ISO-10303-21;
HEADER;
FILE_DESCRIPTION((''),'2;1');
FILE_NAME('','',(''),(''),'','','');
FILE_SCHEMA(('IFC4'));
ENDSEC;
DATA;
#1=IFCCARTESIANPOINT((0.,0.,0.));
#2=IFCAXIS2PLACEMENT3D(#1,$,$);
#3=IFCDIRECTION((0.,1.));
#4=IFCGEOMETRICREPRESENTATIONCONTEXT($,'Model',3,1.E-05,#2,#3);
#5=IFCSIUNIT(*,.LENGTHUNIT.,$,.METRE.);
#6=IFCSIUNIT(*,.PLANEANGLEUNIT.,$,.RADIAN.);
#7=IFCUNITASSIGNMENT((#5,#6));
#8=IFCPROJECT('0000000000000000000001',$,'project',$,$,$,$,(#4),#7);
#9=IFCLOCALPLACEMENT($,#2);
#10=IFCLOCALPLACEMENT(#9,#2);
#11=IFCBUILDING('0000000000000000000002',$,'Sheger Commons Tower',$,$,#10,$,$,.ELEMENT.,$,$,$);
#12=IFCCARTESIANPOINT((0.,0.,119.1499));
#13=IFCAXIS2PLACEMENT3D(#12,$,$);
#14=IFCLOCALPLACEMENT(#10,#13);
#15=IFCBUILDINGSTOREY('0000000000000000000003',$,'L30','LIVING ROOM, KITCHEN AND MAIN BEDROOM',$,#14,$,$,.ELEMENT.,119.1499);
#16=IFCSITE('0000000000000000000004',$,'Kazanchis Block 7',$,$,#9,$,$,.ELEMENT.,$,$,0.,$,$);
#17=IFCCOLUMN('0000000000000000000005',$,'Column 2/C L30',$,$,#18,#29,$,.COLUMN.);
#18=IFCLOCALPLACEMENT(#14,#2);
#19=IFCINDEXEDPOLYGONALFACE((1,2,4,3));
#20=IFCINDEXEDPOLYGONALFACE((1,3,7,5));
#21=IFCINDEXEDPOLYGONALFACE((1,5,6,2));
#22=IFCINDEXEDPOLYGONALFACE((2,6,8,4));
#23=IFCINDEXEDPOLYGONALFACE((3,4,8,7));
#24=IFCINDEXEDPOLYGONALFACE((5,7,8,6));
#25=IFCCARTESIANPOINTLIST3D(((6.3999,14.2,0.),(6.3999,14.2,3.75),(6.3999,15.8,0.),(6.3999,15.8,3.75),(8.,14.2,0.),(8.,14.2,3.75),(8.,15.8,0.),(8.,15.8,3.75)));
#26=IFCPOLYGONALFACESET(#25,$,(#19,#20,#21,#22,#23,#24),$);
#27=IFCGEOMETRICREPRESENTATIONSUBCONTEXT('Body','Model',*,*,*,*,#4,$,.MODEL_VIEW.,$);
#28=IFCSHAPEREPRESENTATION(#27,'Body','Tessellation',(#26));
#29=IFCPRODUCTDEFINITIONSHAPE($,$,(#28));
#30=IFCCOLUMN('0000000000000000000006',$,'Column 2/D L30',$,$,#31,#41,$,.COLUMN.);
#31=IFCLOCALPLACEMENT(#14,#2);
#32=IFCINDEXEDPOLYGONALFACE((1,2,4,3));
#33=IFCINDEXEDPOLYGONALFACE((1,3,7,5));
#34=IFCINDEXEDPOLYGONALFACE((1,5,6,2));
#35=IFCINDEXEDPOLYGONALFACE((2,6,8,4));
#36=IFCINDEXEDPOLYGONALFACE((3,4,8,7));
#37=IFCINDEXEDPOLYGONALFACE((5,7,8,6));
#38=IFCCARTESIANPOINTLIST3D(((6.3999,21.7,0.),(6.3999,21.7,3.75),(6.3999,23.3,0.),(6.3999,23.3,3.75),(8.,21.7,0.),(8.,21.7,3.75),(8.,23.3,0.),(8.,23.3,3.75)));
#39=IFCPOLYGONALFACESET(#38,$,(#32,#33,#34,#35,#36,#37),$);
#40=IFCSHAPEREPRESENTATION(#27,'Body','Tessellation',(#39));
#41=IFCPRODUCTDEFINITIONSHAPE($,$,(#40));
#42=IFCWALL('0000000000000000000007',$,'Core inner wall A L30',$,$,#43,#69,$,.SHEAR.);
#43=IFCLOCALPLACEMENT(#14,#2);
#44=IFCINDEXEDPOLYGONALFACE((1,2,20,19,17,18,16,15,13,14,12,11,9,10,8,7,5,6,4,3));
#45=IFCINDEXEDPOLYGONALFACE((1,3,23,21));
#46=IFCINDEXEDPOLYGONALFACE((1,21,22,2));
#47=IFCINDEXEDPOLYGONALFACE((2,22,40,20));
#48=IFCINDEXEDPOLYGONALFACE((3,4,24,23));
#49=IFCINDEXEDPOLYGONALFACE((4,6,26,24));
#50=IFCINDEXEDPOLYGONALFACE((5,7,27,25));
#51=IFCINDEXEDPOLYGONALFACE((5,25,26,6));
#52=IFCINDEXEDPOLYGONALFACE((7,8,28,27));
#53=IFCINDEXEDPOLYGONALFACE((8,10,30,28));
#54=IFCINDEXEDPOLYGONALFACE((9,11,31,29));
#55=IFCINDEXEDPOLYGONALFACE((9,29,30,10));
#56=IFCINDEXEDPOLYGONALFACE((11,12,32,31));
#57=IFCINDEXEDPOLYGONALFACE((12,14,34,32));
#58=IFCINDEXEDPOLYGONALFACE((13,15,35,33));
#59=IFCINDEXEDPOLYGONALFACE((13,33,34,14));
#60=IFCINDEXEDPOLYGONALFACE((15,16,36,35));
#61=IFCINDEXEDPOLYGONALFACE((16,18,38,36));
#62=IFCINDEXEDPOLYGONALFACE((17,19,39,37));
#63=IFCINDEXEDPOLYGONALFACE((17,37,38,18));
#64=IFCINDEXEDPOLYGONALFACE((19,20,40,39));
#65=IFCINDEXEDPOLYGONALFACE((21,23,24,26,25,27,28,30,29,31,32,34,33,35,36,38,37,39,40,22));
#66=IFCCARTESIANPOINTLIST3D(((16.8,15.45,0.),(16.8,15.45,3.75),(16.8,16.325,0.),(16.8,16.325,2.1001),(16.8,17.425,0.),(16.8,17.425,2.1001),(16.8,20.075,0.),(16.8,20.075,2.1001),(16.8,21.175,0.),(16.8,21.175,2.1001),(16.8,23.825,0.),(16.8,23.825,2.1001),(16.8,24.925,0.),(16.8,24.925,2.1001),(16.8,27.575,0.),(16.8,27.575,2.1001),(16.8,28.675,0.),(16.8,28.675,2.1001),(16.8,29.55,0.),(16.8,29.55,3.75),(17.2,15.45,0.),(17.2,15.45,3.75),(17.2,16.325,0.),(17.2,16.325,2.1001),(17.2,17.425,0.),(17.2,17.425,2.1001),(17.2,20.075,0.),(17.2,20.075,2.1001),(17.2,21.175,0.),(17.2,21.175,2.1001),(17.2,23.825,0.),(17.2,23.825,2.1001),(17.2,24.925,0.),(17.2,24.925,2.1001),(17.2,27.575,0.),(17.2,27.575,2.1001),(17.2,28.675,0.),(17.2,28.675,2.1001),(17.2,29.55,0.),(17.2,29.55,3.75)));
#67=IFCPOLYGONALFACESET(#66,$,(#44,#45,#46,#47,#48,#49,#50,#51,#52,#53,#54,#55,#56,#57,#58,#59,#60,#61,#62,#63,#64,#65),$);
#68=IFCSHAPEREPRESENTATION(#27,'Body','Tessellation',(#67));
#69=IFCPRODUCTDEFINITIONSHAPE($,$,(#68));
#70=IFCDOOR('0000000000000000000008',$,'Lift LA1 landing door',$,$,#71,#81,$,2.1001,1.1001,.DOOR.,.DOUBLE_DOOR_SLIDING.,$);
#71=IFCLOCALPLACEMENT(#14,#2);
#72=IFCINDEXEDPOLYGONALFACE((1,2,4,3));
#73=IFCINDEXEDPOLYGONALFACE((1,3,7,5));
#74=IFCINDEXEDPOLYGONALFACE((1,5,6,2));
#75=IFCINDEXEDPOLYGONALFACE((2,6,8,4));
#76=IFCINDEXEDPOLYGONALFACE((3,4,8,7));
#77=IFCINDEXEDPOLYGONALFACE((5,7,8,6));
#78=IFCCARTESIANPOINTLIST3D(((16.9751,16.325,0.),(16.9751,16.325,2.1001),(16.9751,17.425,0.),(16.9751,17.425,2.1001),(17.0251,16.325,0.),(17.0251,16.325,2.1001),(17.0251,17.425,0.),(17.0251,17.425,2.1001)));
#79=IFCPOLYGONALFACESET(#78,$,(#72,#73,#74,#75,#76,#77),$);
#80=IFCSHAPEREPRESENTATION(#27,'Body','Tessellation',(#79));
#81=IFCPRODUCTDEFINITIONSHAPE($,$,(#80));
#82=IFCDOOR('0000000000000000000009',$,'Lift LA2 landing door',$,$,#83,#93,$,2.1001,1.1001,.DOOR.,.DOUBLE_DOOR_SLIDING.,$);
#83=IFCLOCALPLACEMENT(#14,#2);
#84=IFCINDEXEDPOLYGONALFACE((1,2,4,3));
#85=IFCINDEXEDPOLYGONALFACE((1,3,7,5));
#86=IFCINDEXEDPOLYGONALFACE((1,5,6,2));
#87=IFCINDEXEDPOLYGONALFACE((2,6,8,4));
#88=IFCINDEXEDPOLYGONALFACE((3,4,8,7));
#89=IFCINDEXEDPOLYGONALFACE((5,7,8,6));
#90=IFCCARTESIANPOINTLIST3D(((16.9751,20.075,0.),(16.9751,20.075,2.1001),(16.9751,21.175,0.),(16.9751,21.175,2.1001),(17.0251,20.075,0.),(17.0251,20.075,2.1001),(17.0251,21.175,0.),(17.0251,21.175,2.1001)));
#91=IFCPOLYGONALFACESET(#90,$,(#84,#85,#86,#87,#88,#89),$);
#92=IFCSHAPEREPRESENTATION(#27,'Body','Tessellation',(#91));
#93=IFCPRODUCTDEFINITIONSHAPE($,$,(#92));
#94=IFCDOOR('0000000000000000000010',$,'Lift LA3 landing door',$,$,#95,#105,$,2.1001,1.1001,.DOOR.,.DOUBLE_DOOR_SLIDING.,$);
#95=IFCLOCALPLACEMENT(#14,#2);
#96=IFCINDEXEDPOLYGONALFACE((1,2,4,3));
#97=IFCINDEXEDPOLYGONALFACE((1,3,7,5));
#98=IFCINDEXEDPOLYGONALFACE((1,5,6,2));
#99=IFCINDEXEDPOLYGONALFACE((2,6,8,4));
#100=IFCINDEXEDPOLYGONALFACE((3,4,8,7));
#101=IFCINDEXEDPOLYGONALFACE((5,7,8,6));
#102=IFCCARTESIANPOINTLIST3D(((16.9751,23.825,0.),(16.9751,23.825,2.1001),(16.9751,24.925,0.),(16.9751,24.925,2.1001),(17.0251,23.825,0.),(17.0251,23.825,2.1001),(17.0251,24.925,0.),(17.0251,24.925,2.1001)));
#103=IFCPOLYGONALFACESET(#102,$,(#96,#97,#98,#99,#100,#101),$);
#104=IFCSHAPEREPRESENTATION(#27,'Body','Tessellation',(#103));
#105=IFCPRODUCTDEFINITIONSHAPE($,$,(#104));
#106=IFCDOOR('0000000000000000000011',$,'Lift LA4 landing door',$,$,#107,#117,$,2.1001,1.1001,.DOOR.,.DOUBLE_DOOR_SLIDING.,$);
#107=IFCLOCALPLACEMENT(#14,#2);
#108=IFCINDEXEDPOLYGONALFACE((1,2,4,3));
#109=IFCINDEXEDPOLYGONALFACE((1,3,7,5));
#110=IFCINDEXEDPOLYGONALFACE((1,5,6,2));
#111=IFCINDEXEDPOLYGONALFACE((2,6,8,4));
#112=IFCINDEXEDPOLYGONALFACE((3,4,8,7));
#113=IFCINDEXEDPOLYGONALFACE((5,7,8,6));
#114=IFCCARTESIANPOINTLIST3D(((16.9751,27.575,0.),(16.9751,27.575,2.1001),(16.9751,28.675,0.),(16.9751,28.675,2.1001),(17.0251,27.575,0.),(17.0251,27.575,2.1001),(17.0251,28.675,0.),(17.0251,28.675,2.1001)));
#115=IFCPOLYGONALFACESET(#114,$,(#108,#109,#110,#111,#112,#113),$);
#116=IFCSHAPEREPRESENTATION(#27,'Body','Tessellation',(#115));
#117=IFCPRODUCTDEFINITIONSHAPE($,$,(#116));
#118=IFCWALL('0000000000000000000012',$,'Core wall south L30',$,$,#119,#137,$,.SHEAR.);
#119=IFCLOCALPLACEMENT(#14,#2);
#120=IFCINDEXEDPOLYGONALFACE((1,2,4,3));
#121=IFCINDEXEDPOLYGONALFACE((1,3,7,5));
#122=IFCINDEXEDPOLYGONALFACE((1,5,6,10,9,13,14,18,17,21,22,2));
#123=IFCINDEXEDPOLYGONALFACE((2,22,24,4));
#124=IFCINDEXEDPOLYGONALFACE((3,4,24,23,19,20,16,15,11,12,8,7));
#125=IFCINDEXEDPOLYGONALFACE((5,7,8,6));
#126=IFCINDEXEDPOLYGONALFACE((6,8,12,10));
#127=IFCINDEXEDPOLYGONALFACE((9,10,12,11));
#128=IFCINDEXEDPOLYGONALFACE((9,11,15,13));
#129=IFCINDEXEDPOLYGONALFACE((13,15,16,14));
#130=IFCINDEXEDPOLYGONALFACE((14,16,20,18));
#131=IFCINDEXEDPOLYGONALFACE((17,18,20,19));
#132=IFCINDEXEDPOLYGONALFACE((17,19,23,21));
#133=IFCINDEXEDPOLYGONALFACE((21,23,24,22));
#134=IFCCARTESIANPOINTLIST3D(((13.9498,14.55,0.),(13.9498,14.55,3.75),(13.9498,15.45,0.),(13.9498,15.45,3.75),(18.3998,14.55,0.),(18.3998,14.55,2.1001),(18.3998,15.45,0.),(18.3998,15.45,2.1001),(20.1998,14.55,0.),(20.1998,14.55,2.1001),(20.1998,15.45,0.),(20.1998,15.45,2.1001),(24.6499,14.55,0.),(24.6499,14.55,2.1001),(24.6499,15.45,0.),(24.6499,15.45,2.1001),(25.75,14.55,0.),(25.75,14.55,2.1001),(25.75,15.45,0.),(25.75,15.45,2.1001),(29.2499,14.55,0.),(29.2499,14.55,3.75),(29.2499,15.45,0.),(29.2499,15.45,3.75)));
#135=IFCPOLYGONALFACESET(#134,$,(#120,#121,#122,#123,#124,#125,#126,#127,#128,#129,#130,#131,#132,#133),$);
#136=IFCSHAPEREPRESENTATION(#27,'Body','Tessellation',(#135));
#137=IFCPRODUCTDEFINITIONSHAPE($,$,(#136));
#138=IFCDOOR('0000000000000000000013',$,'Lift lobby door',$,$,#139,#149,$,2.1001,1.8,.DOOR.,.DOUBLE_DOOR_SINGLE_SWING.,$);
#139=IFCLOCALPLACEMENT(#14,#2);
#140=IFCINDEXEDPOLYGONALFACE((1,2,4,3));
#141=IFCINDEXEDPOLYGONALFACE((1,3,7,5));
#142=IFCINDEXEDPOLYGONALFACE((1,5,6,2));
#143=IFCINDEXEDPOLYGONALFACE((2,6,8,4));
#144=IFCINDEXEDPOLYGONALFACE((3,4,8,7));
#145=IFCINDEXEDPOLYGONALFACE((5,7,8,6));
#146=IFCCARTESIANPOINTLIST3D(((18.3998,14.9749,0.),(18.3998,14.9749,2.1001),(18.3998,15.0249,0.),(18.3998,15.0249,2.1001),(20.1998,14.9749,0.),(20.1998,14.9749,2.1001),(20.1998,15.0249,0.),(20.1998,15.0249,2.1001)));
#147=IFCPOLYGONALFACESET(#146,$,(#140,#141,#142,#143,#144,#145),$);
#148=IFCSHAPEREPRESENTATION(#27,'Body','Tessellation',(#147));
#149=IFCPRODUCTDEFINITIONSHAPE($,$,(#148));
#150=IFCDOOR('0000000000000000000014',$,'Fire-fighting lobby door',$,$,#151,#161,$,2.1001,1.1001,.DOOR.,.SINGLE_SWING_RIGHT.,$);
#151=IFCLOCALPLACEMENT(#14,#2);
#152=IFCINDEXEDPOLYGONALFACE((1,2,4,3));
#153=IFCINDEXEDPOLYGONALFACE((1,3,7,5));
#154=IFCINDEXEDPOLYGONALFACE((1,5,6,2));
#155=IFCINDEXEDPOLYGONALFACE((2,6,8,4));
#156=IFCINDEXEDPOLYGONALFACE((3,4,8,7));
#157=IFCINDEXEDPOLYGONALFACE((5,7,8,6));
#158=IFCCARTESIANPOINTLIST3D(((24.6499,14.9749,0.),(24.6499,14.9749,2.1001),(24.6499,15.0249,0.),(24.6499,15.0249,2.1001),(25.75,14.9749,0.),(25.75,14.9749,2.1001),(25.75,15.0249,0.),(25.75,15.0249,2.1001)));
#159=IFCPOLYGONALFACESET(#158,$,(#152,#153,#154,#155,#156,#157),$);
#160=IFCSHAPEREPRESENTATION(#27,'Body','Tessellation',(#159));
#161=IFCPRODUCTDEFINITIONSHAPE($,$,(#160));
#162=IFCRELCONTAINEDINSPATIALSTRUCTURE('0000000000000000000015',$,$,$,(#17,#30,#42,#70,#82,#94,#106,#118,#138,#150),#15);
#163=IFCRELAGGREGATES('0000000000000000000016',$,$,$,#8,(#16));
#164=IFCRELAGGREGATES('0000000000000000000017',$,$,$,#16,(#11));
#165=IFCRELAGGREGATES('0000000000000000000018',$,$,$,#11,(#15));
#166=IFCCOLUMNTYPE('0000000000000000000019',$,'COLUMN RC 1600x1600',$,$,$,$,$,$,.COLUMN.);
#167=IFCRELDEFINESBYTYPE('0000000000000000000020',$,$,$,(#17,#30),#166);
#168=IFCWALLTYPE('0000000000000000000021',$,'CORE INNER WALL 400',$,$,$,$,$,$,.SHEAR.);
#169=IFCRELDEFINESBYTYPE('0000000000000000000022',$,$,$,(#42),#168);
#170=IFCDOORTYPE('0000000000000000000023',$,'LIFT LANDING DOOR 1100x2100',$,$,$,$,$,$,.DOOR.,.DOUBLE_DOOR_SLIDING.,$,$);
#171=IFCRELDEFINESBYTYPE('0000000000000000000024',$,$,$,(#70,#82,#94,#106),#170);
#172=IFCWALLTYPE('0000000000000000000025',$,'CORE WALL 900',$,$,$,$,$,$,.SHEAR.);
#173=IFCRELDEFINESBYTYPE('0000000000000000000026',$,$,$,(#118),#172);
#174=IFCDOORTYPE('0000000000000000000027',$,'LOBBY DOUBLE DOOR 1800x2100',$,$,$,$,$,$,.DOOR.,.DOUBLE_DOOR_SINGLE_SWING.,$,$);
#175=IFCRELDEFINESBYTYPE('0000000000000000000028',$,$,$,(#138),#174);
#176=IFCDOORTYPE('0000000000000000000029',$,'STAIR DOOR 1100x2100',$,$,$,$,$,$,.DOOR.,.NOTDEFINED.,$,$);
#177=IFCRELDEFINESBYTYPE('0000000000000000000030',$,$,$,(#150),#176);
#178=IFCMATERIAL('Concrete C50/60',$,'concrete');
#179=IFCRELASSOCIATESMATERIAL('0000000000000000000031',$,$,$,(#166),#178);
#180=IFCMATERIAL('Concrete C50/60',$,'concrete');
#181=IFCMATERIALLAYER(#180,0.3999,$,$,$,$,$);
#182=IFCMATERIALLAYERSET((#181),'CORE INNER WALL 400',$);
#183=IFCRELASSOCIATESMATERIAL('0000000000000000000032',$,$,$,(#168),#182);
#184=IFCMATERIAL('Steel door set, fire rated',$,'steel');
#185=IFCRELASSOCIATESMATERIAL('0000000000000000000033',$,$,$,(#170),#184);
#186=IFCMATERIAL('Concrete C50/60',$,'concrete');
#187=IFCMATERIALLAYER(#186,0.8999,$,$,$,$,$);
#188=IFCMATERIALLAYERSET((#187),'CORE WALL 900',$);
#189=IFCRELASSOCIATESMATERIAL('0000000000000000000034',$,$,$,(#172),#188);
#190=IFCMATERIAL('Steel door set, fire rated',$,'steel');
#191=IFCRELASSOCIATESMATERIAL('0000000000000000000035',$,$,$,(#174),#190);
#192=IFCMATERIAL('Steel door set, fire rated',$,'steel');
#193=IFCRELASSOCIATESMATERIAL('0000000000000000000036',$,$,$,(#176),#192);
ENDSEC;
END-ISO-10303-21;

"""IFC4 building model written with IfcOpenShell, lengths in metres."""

from ifc_helpers import new_model, si_unit, direction, frame, frame_2d, origin, origin_2d, place, context, subcontext, project, spatial, rectangle, extrude, material, layer, layer_set, material_profile, profile_set, type_object, element, fill, save


model = new_model("IFC4")

# Units and contexts
model_context = context("Model", 3, precision=1e-05, world=origin(), true_north=direction((0.0, 1.0)))
body_context = subcontext(model_context, "Body", "Model", "MODEL_VIEW")
ifc_project = project(units=[si_unit("LENGTHUNIT", "METRE"), si_unit("PLANEANGLEUNIT", "RADIAN")], contexts=[model_context])

# Site, building, storey
site_placement = place(None, origin())
site = spatial("IfcSite", under=ifc_project, at=site_placement, Name="Kazanchis Block 7", CompositionType="ELEMENT", RefElevation=0.0)
building_placement = place(site_placement, origin())
building = spatial("IfcBuilding", under=site, at=building_placement, Name="Sheger Commons Tower", CompositionType="ELEMENT")
storey_placement = place(building_placement, frame((0.0, 0.0, 119.1499)))
storey = spatial("IfcBuildingStorey", under=building, at=storey_placement, Name="L30", Description="LIVING ROOM, KITCHEN AND MAIN BEDROOM", CompositionType="ELEMENT", Elevation=119.1499)

# Columns
ifc_material_1 = material(Name="Concrete C50/60", Category="concrete")
ifc_material_profile = material_profile(ifc_material_1, rectangle(XDim=1.6001, YDim=1.6001, at=origin_2d()), Name="RC 1600x1600")
ifc_profile_set = profile_set([ifc_material_profile], Name="Concrete C50/60")
column_type = type_object("IfcColumnType", Name="COLUMN RC 1600x1600", PredefinedType="COLUMN", material=ifc_profile_set)
for number, where, z_axis, x_axis, name in (
    (1, (7.2, 15.0, 0.0), (0.0, 0.0, 1.0), (1.0, 0.0, 0.0), "Column 2/C L30"),
    (2, (7.2, 22.5, 0.0), (0.0, 0.0, 1.0), (1.0, 0.0, 0.0), "Column 2/D L30"),
):
    element("IfcColumn", number, at=place(storey_placement, frame(where, z_axis=z_axis, x_axis=x_axis)), inside=storey, type_object=column_type, Name=name, PredefinedType="COLUMN", context=body_context, shape_type="SweptSolid", body=[
        extrude(rectangle(XDim=1.6001, YDim=1.6001, at=origin_2d()), origin(), (0.0, 0.0, 1.0), 3.75),
    ])

# Walls, openings, doors
ifc_material_2 = material(Name="Concrete C50/60", Category="concrete")
ifc_layer_1 = layer(ifc_material_2, 0.3999)
ifc_layer_set_1 = layer_set([ifc_layer_1], Name="CORE INNER WALL 400")
wall_type_1 = type_object("IfcWallType", Name="CORE INNER WALL 400", PredefinedType="SHEAR", material=ifc_layer_set_1)
wall_1_placement = place(storey_placement, frame((17.0, 15.45, 0.0), z_axis=(0.0, 0.0, 1.0), x_axis=(0.0, 1.0, 0.0)))
wall_1 = element("IfcWall", 3, at=wall_1_placement, inside=storey, type_object=wall_type_1, Name="Core inner wall A L30", PredefinedType="SHEAR", context=body_context, shape_type="SweptSolid", body=[
    extrude(rectangle(XDim=14.1001, YDim=0.3999, at=frame_2d((7.05, 0.0))), origin(), (0.0, 0.0, 1.0), 3.75),
])
opening_1_placement = place(wall_1_placement, frame((0.875, 0.0, 0.0)))
opening_1 = element("IfcOpeningElement", 4, at=opening_1_placement, cuts=wall_1, PredefinedType="OPENING", context=body_context, shape_type="SweptSolid", body=[
    extrude(rectangle(XDim=1.1001, YDim=2.1001, at=frame_2d((0.55, 1.05))), frame((0.0, 0.21, 0.0), z_axis=(0.0, -1.0, 0.0), x_axis=(1.0, 0.0, 0.0)), (0.0, 0.0, 1.0), 0.4199),
])
opening_2_placement = place(wall_1_placement, frame((4.625, 0.0, 0.0)))
opening_2 = element("IfcOpeningElement", 5, at=opening_2_placement, cuts=wall_1, PredefinedType="OPENING", context=body_context, shape_type="SweptSolid", body=[
    extrude(rectangle(XDim=1.1001, YDim=2.1001, at=frame_2d((0.55, 1.05))), frame((0.0, 0.21, 0.0), z_axis=(0.0, -1.0, 0.0), x_axis=(1.0, 0.0, 0.0)), (0.0, 0.0, 1.0), 0.4199),
])
opening_3_placement = place(wall_1_placement, frame((8.375, 0.0, 0.0)))
opening_3 = element("IfcOpeningElement", 6, at=opening_3_placement, cuts=wall_1, PredefinedType="OPENING", context=body_context, shape_type="SweptSolid", body=[
    extrude(rectangle(XDim=1.1001, YDim=2.1001, at=frame_2d((0.55, 1.05))), frame((0.0, 0.21, 0.0), z_axis=(0.0, -1.0, 0.0), x_axis=(1.0, 0.0, 0.0)), (0.0, 0.0, 1.0), 0.4199),
])
opening_4_placement = place(wall_1_placement, frame((12.125, 0.0, 0.0)))
opening_4 = element("IfcOpeningElement", 7, at=opening_4_placement, cuts=wall_1, PredefinedType="OPENING", context=body_context, shape_type="SweptSolid", body=[
    extrude(rectangle(XDim=1.1001, YDim=2.1001, at=frame_2d((0.55, 1.05))), frame((0.0, 0.21, 0.0), z_axis=(0.0, -1.0, 0.0), x_axis=(1.0, 0.0, 0.0)), (0.0, 0.0, 1.0), 0.4199),
])
ifc_material_3 = material(Name="Steel door set, fire rated", Category="steel")
door_type_1 = type_object("IfcDoorType", Name="LIFT LANDING DOOR 1100x2100", OperationType="DOUBLE_DOOR_SLIDING", PredefinedType="DOOR", material=ifc_material_3)
door_1_placement = place(opening_1_placement, origin())
door_1 = element("IfcDoor", 8, at=door_1_placement, inside=storey, type_object=door_type_1, Name="Lift LA1 landing door", OperationType="DOUBLE_DOOR_SLIDING", OverallHeight=2.1001, OverallWidth=1.1001, PredefinedType="DOOR", context=body_context, shape_type="SweptSolid", body=[
    extrude(rectangle(XDim=1.1001, YDim=2.1001, at=frame_2d((0.55, 1.05))), frame((0.0, 0.0249, 0.0), z_axis=(0.0, -1.0, 0.0), x_axis=(1.0, 0.0, 0.0)), (0.0, 0.0, 1.0), 0.05),
])
fill(opening_1, door_1)
door_2_placement = place(opening_2_placement, origin())
door_2 = element("IfcDoor", 9, at=door_2_placement, inside=storey, type_object=door_type_1, Name="Lift LA2 landing door", OperationType="DOUBLE_DOOR_SLIDING", OverallHeight=2.1001, OverallWidth=1.1001, PredefinedType="DOOR", context=body_context, shape_type="SweptSolid", body=[
    extrude(rectangle(XDim=1.1001, YDim=2.1001, at=frame_2d((0.55, 1.05))), frame((0.0, 0.0249, 0.0), z_axis=(0.0, -1.0, 0.0), x_axis=(1.0, 0.0, 0.0)), (0.0, 0.0, 1.0), 0.05),
])
fill(opening_2, door_2)
door_3_placement = place(opening_3_placement, origin())
door_3 = element("IfcDoor", 10, at=door_3_placement, inside=storey, type_object=door_type_1, Name="Lift LA3 landing door", OperationType="DOUBLE_DOOR_SLIDING", OverallHeight=2.1001, OverallWidth=1.1001, PredefinedType="DOOR", context=body_context, shape_type="SweptSolid", body=[
    extrude(rectangle(XDim=1.1001, YDim=2.1001, at=frame_2d((0.55, 1.05))), frame((0.0, 0.0249, 0.0), z_axis=(0.0, -1.0, 0.0), x_axis=(1.0, 0.0, 0.0)), (0.0, 0.0, 1.0), 0.05),
])
fill(opening_3, door_3)
door_4_placement = place(opening_4_placement, origin())
door_4 = element("IfcDoor", 11, at=door_4_placement, inside=storey, type_object=door_type_1, Name="Lift LA4 landing door", OperationType="DOUBLE_DOOR_SLIDING", OverallHeight=2.1001, OverallWidth=1.1001, PredefinedType="DOOR", context=body_context, shape_type="SweptSolid", body=[
    extrude(rectangle(XDim=1.1001, YDim=2.1001, at=frame_2d((0.55, 1.05))), frame((0.0, 0.0249, 0.0), z_axis=(0.0, -1.0, 0.0), x_axis=(1.0, 0.0, 0.0)), (0.0, 0.0, 1.0), 0.05),
])
fill(opening_4, door_4)
ifc_material_4 = material(Name="Concrete C50/60", Category="concrete")
ifc_layer_2 = layer(ifc_material_4, 0.8999)
ifc_layer_set_2 = layer_set([ifc_layer_2], Name="CORE WALL 900")
wall_type_2 = type_object("IfcWallType", Name="CORE WALL 900", PredefinedType="SHEAR", material=ifc_layer_set_2)
wall_2_placement = place(storey_placement, frame((13.95, 15.0, 0.0), z_axis=(0.0, 0.0, 1.0), x_axis=(1.0, 0.0, 0.0)))
wall_2 = element("IfcWall", 12, at=wall_2_placement, inside=storey, type_object=wall_type_2, Name="Core wall south L30", PredefinedType="SHEAR", context=body_context, shape_type="SweptSolid", body=[
    extrude(rectangle(XDim=15.3, YDim=0.8999, at=frame_2d((7.6499, 0.0))), origin(), (0.0, 0.0, 1.0), 3.75),
])
opening_5_placement = place(wall_2_placement, frame((4.45, 0.0, 0.0)))
opening_5 = element("IfcOpeningElement", 13, at=opening_5_placement, cuts=wall_2, PredefinedType="OPENING", context=body_context, shape_type="SweptSolid", body=[
    extrude(rectangle(XDim=1.8, YDim=2.1001, at=frame_2d((0.8999, 1.05))), frame((0.0, 0.46, 0.0), z_axis=(0.0, -1.0, 0.0), x_axis=(1.0, 0.0, 0.0)), (0.0, 0.0, 1.0), 0.9199),
])
opening_6_placement = place(wall_2_placement, frame((10.7, 0.0, 0.0)))
opening_6 = element("IfcOpeningElement", 14, at=opening_6_placement, cuts=wall_2, PredefinedType="OPENING", context=body_context, shape_type="SweptSolid", body=[
    extrude(rectangle(XDim=1.1001, YDim=2.1001, at=frame_2d((0.55, 1.05))), frame((0.0, 0.46, 0.0), z_axis=(0.0, -1.0, 0.0), x_axis=(1.0, 0.0, 0.0)), (0.0, 0.0, 1.0), 0.9199),
])
ifc_material_5 = material(Name="Steel door set, fire rated", Category="steel")
door_type_2 = type_object("IfcDoorType", Name="LOBBY DOUBLE DOOR 1800x2100", OperationType="DOUBLE_DOOR_SINGLE_SWING", PredefinedType="DOOR", material=ifc_material_5)
door_5_placement = place(opening_5_placement, origin())
door_5 = element("IfcDoor", 15, at=door_5_placement, inside=storey, type_object=door_type_2, Name="Lift lobby door", OperationType="DOUBLE_DOOR_SINGLE_SWING", OverallHeight=2.1001, OverallWidth=1.8, PredefinedType="DOOR", context=body_context, shape_type="SweptSolid", body=[
    extrude(rectangle(XDim=1.8, YDim=2.1001, at=frame_2d((0.8999, 1.05))), frame((0.0, 0.0249, 0.0), z_axis=(0.0, -1.0, 0.0), x_axis=(1.0, 0.0, 0.0)), (0.0, 0.0, 1.0), 0.05),
])
fill(opening_5, door_5)
ifc_material_6 = material(Name="Steel door set, fire rated", Category="steel")
door_type_3 = type_object("IfcDoorType", Name="STAIR DOOR 1100x2100", OperationType="NOTDEFINED", PredefinedType="DOOR", material=ifc_material_6)
door_6_placement = place(opening_6_placement, origin())
door_6 = element("IfcDoor", 16, at=door_6_placement, inside=storey, type_object=door_type_3, Name="Fire-fighting lobby door", OperationType="SINGLE_SWING_RIGHT", OverallHeight=2.1001, OverallWidth=1.1001, PredefinedType="DOOR", context=body_context, shape_type="SweptSolid", body=[
    extrude(rectangle(XDim=1.1001, YDim=2.1001, at=frame_2d((0.55, 1.05))), frame((0.0, 0.0249, 0.0), z_axis=(0.0, -1.0, 0.0), x_axis=(1.0, 0.0, 0.0)), (0.0, 0.0, 1.0), 0.05),
])
fill(opening_6, door_6)

save(model, "model.ifc")
